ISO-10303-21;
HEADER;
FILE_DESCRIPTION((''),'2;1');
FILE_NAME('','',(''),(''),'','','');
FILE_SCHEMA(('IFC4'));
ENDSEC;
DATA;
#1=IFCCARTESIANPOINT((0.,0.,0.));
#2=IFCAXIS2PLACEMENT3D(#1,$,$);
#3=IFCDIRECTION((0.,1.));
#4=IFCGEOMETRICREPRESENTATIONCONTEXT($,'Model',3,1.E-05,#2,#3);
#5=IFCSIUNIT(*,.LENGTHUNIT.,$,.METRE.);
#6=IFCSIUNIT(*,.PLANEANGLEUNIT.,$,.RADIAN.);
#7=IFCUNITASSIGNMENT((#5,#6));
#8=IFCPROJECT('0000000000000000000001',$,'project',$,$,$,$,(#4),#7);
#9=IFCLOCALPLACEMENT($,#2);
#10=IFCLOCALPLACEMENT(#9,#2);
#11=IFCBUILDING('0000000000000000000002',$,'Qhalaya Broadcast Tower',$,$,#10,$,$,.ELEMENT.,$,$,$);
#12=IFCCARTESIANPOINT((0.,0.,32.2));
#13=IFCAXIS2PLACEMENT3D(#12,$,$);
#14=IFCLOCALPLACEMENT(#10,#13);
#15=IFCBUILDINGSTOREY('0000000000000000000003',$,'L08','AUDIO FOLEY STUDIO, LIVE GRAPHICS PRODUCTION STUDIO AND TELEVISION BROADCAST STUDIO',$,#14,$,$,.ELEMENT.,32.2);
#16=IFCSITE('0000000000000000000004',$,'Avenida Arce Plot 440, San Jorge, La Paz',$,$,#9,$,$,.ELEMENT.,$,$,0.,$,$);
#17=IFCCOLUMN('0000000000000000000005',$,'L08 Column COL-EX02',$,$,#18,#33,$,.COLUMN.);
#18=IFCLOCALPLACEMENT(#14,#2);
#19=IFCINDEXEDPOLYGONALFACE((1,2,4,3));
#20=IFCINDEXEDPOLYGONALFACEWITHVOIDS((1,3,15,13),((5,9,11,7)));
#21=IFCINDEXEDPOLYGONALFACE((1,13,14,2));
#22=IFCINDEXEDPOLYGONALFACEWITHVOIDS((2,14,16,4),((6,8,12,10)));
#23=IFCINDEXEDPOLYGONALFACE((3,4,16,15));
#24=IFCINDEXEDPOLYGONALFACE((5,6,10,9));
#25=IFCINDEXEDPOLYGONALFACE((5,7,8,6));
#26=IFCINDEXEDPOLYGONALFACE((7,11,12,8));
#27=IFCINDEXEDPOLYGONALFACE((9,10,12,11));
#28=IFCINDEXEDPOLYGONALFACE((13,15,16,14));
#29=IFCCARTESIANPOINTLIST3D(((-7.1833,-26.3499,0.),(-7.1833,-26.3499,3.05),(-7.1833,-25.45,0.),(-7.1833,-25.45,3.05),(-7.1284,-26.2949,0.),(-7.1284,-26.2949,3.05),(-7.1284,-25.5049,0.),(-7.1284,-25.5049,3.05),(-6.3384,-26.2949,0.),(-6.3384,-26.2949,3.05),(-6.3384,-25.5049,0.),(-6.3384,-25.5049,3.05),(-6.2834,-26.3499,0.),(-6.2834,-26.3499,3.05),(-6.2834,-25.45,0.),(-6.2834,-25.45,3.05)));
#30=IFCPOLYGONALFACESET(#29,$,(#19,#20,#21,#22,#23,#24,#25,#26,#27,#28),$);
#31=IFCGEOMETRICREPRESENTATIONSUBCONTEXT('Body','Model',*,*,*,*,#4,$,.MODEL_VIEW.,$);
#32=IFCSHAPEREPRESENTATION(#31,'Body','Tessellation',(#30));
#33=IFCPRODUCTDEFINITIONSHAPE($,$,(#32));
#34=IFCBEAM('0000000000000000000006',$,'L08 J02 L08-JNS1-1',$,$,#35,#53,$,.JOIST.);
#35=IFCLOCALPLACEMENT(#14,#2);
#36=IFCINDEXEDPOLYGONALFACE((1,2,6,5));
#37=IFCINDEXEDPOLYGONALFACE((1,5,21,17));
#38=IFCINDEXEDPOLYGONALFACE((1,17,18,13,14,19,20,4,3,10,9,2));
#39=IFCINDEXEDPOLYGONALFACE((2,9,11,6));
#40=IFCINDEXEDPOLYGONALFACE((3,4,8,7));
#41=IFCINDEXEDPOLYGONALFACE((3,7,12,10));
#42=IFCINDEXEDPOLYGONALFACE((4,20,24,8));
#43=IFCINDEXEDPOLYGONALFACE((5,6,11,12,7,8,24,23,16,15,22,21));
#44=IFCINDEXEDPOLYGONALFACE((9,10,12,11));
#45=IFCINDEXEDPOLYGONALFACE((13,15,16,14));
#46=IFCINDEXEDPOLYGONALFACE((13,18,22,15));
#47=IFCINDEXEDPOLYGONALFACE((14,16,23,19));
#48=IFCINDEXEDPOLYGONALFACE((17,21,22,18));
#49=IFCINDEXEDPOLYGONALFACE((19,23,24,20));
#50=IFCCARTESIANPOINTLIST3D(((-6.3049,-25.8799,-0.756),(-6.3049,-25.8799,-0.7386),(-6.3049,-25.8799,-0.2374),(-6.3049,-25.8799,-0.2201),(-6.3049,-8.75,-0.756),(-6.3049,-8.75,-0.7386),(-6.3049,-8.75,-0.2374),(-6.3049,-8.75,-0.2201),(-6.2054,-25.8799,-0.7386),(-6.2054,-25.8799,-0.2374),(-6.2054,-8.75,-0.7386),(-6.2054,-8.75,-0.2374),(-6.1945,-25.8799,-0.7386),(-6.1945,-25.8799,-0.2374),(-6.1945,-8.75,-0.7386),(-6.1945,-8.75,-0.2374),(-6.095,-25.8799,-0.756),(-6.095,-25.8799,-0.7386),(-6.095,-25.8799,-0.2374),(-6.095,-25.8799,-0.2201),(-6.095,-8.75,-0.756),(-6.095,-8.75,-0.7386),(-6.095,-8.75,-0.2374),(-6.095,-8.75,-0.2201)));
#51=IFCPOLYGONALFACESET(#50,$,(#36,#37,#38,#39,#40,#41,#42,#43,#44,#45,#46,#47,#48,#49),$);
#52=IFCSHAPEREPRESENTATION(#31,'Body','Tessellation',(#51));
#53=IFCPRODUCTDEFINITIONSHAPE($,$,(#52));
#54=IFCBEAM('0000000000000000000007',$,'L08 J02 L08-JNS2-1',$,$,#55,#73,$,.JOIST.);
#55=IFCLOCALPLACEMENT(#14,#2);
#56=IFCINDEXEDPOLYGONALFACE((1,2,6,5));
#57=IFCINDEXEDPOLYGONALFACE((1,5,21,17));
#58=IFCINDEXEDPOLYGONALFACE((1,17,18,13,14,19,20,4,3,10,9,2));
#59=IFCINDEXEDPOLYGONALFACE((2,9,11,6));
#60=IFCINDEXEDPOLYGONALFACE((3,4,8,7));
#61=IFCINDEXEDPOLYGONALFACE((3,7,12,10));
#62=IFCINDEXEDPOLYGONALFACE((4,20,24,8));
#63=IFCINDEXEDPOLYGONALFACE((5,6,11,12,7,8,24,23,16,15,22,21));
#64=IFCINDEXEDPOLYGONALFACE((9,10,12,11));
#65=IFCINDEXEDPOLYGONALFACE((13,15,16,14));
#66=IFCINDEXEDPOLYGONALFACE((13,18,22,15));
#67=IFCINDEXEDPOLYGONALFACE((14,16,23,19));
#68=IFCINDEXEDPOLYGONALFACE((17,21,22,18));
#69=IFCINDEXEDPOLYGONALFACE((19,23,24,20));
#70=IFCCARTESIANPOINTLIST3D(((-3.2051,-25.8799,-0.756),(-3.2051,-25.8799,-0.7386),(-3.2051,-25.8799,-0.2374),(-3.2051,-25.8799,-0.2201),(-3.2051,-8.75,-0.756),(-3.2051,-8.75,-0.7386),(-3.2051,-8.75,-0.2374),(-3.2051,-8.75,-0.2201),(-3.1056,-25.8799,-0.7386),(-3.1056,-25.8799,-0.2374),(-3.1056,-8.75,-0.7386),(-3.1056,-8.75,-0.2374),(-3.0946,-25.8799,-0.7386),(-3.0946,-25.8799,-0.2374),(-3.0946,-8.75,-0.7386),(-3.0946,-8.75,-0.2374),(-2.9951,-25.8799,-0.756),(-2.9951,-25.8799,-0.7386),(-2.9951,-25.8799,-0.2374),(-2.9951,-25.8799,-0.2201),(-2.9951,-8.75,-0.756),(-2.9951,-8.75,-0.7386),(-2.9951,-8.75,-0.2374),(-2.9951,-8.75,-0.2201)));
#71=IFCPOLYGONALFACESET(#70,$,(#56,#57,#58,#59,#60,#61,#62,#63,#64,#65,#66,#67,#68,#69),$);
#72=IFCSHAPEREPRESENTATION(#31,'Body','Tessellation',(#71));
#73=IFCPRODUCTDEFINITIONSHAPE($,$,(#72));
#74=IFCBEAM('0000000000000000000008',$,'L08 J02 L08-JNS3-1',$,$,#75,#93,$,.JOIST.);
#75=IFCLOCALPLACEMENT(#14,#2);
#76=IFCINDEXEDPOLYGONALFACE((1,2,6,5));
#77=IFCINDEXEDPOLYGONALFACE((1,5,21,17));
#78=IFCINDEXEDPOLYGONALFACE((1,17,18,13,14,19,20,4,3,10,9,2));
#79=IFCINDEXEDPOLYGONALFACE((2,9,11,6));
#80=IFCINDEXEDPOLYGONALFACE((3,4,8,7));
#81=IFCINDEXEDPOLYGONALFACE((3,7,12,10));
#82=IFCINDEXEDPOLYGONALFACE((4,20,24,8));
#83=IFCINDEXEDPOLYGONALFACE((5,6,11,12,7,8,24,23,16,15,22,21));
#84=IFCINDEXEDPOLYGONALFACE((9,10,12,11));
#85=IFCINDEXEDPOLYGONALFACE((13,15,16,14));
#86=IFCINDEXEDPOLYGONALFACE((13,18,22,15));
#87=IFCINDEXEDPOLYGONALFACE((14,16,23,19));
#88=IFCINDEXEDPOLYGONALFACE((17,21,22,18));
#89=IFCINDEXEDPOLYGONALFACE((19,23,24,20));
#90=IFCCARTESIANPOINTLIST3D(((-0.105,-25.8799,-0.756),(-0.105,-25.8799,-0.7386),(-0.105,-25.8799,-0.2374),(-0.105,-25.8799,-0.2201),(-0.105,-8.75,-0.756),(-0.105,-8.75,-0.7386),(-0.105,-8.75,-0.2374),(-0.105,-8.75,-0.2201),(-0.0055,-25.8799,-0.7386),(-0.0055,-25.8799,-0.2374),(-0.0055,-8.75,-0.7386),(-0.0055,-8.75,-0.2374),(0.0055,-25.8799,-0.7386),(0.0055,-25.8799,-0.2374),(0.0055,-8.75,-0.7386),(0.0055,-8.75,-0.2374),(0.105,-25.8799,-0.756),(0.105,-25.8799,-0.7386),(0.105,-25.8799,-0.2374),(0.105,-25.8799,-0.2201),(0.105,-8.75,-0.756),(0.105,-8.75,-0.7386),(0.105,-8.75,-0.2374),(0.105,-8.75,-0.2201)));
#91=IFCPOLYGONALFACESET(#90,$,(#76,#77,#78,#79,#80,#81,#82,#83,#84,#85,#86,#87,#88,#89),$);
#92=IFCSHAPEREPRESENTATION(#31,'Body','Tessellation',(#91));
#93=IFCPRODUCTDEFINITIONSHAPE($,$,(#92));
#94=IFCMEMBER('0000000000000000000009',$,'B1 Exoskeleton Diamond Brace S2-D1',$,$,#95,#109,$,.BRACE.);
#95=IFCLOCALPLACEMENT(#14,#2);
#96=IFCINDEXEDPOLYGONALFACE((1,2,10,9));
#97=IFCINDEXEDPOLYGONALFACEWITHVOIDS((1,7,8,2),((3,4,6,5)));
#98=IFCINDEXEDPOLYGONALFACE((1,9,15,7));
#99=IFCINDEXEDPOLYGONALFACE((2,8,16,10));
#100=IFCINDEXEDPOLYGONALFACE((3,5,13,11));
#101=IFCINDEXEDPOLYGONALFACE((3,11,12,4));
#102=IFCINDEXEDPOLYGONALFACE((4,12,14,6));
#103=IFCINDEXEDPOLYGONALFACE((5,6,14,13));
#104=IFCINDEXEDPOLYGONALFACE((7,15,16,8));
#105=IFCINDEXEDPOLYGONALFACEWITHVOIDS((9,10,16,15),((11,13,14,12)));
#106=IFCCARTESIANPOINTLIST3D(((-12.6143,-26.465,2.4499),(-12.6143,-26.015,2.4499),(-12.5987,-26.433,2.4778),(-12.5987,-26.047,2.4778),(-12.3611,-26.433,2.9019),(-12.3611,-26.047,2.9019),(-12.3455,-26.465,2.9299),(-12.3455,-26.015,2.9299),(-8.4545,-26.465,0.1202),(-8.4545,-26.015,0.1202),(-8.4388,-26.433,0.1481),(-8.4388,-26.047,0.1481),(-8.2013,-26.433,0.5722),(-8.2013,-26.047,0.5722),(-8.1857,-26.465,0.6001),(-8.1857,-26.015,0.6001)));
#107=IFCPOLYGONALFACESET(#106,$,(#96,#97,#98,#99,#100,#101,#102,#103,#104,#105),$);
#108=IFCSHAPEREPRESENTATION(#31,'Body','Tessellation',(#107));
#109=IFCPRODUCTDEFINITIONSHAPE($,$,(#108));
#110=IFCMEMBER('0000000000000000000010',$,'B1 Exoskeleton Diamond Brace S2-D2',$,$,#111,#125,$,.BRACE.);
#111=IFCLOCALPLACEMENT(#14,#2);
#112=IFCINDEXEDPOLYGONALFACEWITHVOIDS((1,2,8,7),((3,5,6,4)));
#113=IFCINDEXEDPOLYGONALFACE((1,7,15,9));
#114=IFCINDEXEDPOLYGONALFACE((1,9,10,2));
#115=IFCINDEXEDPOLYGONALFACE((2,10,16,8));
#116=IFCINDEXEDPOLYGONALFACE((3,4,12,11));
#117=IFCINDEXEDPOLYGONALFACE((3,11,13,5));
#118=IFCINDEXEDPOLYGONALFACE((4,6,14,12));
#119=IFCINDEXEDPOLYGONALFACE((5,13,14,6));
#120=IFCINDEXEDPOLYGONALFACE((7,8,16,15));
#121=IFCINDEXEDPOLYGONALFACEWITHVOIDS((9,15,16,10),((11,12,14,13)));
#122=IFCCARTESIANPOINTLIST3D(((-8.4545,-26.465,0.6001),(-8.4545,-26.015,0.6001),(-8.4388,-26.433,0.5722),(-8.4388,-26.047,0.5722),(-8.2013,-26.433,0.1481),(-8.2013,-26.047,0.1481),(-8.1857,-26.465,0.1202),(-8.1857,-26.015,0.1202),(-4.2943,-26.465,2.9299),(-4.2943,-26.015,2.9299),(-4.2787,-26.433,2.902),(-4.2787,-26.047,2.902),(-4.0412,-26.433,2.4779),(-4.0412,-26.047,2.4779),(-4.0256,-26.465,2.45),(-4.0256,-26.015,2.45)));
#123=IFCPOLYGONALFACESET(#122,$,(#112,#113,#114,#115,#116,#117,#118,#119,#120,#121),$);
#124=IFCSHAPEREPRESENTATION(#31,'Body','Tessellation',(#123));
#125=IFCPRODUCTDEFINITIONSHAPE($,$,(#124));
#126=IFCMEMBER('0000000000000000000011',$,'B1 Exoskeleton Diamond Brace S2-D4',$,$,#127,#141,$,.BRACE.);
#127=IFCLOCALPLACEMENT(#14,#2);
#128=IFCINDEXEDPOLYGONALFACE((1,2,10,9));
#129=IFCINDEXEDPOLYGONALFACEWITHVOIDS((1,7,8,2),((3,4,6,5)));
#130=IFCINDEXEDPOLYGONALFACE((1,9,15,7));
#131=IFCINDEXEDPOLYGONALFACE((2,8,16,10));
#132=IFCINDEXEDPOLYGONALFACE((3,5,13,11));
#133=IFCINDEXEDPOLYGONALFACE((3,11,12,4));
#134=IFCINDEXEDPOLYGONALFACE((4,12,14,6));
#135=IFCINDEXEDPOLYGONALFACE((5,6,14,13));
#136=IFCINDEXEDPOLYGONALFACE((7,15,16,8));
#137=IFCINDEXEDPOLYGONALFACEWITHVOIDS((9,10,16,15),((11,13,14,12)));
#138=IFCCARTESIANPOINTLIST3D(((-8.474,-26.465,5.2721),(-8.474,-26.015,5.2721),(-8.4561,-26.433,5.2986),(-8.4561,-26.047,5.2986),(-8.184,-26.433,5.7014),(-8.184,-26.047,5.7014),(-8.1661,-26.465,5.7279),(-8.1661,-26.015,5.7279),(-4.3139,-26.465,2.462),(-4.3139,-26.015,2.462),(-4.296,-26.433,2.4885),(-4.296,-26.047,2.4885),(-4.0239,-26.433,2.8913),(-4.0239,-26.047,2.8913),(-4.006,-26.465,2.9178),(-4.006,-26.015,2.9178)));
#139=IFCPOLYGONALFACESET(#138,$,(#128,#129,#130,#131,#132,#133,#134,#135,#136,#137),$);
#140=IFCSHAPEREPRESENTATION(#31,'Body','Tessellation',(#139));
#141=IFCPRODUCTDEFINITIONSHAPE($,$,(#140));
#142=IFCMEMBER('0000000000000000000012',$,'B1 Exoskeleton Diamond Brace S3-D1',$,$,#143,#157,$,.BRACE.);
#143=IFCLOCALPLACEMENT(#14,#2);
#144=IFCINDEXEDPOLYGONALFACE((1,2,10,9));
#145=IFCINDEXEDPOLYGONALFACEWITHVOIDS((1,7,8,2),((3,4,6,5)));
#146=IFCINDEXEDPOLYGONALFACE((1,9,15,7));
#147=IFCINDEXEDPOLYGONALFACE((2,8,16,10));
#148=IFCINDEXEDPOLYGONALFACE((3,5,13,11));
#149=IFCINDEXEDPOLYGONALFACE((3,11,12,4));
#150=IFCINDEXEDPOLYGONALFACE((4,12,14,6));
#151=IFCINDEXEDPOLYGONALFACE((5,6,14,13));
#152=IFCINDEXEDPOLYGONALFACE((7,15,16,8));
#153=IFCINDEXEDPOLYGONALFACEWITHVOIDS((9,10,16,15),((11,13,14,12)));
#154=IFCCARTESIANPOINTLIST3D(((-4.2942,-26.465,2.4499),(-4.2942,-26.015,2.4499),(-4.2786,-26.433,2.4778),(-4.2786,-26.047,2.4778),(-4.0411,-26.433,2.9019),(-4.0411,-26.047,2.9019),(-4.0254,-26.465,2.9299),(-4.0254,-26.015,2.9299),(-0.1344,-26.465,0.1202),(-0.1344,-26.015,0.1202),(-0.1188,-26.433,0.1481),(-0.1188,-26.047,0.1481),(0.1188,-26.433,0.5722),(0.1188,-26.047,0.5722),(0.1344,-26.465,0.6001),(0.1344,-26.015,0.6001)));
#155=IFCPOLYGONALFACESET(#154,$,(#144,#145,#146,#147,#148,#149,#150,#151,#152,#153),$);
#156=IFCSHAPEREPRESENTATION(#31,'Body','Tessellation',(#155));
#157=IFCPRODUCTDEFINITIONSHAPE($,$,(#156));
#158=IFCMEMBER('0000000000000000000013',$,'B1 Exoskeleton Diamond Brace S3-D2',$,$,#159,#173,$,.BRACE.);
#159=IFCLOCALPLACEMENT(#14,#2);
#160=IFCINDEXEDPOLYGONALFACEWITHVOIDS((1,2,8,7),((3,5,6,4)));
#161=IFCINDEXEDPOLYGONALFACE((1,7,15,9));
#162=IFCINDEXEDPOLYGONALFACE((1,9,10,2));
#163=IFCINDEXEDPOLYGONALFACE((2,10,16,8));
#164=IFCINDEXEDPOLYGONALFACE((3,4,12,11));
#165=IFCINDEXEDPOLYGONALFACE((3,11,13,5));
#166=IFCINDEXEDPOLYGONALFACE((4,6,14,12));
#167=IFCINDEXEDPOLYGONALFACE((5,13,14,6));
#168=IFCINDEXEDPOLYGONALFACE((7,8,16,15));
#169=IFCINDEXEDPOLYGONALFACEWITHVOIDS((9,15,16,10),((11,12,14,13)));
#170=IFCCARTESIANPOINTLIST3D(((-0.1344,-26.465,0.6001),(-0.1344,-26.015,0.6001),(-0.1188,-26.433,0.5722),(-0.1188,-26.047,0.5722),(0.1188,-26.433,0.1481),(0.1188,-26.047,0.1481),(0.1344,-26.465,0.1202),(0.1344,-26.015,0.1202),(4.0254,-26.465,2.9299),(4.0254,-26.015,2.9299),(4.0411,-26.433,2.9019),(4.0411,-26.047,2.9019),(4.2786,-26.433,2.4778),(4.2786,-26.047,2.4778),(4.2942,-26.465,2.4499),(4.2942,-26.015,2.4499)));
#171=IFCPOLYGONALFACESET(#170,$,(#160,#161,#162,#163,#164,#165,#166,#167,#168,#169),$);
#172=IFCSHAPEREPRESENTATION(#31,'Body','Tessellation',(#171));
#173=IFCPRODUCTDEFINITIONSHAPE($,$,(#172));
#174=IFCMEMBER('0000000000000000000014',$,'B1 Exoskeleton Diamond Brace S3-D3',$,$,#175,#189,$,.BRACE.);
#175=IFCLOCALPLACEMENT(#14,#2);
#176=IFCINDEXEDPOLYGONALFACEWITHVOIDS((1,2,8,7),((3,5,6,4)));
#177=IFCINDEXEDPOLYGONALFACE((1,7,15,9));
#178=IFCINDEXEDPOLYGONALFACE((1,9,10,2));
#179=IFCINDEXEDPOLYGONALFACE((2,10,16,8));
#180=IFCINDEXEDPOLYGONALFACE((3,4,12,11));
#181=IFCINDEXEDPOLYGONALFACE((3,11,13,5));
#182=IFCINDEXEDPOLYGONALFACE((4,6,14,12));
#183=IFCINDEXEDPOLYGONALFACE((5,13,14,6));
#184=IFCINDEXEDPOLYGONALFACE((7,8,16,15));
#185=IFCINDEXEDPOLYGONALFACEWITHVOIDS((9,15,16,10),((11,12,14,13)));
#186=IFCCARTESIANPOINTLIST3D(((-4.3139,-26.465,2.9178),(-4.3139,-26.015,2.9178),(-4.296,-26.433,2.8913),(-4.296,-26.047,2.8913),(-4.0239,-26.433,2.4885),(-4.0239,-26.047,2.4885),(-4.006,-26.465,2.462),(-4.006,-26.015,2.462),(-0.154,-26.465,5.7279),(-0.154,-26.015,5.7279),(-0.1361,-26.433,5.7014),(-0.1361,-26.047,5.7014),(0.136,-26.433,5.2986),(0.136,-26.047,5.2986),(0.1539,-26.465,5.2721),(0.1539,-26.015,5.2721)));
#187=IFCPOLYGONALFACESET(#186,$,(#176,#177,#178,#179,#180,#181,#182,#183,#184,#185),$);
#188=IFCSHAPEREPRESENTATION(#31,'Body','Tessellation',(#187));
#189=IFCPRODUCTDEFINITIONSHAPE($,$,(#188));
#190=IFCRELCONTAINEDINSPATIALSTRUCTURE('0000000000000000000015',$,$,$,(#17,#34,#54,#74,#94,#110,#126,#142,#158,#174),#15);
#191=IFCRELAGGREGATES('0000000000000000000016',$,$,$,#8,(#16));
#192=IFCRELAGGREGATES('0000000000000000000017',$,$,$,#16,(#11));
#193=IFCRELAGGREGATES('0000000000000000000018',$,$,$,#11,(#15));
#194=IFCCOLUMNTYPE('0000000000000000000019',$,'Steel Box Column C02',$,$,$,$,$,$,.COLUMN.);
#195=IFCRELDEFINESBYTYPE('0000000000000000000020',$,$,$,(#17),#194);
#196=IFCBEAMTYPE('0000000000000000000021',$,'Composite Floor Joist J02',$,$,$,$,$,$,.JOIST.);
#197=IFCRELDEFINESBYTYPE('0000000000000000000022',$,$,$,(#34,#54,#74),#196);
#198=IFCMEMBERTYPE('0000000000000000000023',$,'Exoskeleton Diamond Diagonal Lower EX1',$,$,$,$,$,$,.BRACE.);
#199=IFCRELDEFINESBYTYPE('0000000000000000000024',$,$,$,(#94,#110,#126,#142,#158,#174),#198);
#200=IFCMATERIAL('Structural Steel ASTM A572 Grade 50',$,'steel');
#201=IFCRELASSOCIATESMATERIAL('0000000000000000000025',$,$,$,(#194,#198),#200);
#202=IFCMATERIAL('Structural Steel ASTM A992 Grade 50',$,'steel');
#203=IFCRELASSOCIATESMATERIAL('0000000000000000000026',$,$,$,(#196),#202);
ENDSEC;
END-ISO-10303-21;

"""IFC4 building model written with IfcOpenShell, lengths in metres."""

from ifc_helpers import new_model, si_unit, direction, frame, origin, origin_2d, place, context, subcontext, project, spatial, hollow_rectangle, i_section, extrude, material, material_profile, profile_set, type_object, element, save


model = new_model("IFC4")

# Units and contexts
model_context = context("Model", 3, precision=1e-05, world=origin(), true_north=direction((0.0, 1.0)))
body_context = subcontext(model_context, "Body", "Model", "MODEL_VIEW")
ifc_project = project(units=[si_unit("LENGTHUNIT", "METRE"), si_unit("PLANEANGLEUNIT", "RADIAN")], contexts=[model_context])

# Site, building, storey
site_placement = place(None, origin())
site = spatial("IfcSite", under=ifc_project, at=site_placement, Name="Avenida Arce Plot 440, San Jorge, La Paz", CompositionType="ELEMENT", RefElevation=0.0)
building_placement = place(site_placement, origin())
building = spatial("IfcBuilding", under=site, at=building_placement, Name="Qhalaya Broadcast Tower", CompositionType="ELEMENT")
storey_placement = place(building_placement, frame((0.0, 0.0, 32.2)))
storey = spatial("IfcBuildingStorey", under=building, at=storey_placement, Name="L08", Description="AUDIO FOLEY STUDIO, LIVE GRAPHICS PRODUCTION STUDIO AND TELEVISION BROADCAST STUDIO", CompositionType="ELEMENT", Elevation=32.2)

# Column
ifc_material_1 = material(Name="Structural Steel ASTM A572 Grade 50", Category="steel")
ifc_material_profile_1 = material_profile(ifc_material_1, hollow_rectangle(XDim=0.8999, YDim=0.8999, WallThickness=0.0549, at=origin_2d()), Name="BOX 900x900x55")
ifc_profile_set_1 = profile_set([ifc_material_profile_1], Name="Structural Steel ASTM A572 Grade 50")
column_type = type_object("IfcColumnType", Name="Steel Box Column C02", PredefinedType="COLUMN", material=ifc_profile_set_1)
column_placement = place(storey_placement, frame((-6.7334, -25.8999, 0.0), z_axis=(0.0, 0.0, 1.0), x_axis=(1.0, 0.0, 0.0)))
element("IfcColumn", 1, at=column_placement, inside=storey, type_object=column_type, Name="L08 Column COL-EX02", PredefinedType="COLUMN", context=body_context, shape_type="SweptSolid", body=[
    extrude(hollow_rectangle(XDim=0.8999, YDim=0.8999, WallThickness=0.0549, at=origin_2d()), origin(), (0.0, 0.0, 1.0), 3.05),
])

# Beams
ifc_material_2 = material(Name="Structural Steel ASTM A992 Grade 50", Category="steel")
ifc_material_profile_2 = material_profile(ifc_material_2, i_section(OverallWidth=0.21, OverallDepth=0.5359, WebThickness=0.011, FlangeThickness=0.0173, at=origin_2d()), Name="W21X68")
ifc_profile_set_2 = profile_set([ifc_material_profile_2], Name="Structural Steel ASTM A992 Grade 50")
beam_type_1 = type_object("IfcBeamType", Name="Composite Floor Joist J02", PredefinedType="JOIST", material=ifc_profile_set_2)
for number, where, z_axis, x_axis, name in (
    (2, (-6.2, -25.8799, -0.488), (0.0, 1.0, 0.0), (-1.0, 0.0, 0.0), "L08 J02 L08-JNS1-1"),
    (3, (-3.1001, -25.8799, -0.488), (0.0, 1.0, 0.0), (-1.0, 0.0, 0.0), "L08 J02 L08-JNS2-1"),
    (4, (0.0, -25.8799, -0.488), (0.0, 1.0, 0.0), (-1.0, 0.0, 0.0), "L08 J02 L08-JNS3-1"),
):
    element("IfcBeam", number, at=place(storey_placement, frame(where, z_axis=z_axis, x_axis=x_axis)), inside=storey, type_object=beam_type_1, Name=name, PredefinedType="JOIST", context=body_context, shape_type="SweptSolid", body=[
        extrude(i_section(OverallWidth=0.21, OverallDepth=0.5359, WebThickness=0.011, FlangeThickness=0.0173, at=origin_2d()), origin(), (0.0, 0.0, 1.0), 17.1299),
    ])

# Members
ifc_material_profile_3 = material_profile(ifc_material_1, hollow_rectangle(XDim=0.45, YDim=0.55, WallThickness=0.032, at=origin_2d()), Name="BOX 450x550x32")
ifc_profile_set_3 = profile_set([ifc_material_profile_3], Name="Structural Steel ASTM A572 Grade 50")
member_type = type_object("IfcMemberType", Name="Exoskeleton Diamond Diagonal Lower EX1", PredefinedType="BRACE", material=ifc_profile_set_3)
member_1_placement = place(storey_placement, frame((-8.3201, -26.24, 0.3601), z_axis=(-0.872481, 0.0, 0.488649), x_axis=(0.0, -1.0, 0.0)))
element("IfcMember", 5, at=member_1_placement, inside=storey, type_object=member_type, Name="B1 Exoskeleton Diamond Brace S2-D1", PredefinedType="BRACE", context=body_context, shape_type="SweptSolid", body=[
    extrude(hollow_rectangle(XDim=0.45, YDim=0.55, WallThickness=0.032, at=origin_2d()), origin(), (0.0, 0.0, 1.0), 4.7678),
])
member_2_placement = place(storey_placement, frame((-8.3201, -26.24, 0.3601), z_axis=(0.872493, 0.0, 0.488627), x_axis=(0.0, 1.0, 0.0)))
element("IfcMember", 6, at=member_2_placement, inside=storey, type_object=member_type, Name="B1 Exoskeleton Diamond Brace S2-D2", PredefinedType="BRACE", context=body_context, shape_type="SweptSolid", body=[
    extrude(hollow_rectangle(XDim=0.45, YDim=0.55, WallThickness=0.032, at=origin_2d()), origin(), (0.0, 0.0, 1.0), 4.7681),
])
member_3_placement = place(storey_placement, frame((-4.1599, -26.24, 2.6899), z_axis=(-0.828668, 0.0, 0.55974), x_axis=(0.0, -1.0, 0.0)))
element("IfcMember", 7, at=member_3_placement, inside=storey, type_object=member_type, Name="B1 Exoskeleton Diamond Brace S2-D4", PredefinedType="BRACE", context=body_context, shape_type="SweptSolid", body=[
    extrude(hollow_rectangle(XDim=0.45, YDim=0.55, WallThickness=0.032, at=origin_2d()), origin(), (0.0, 0.0, 1.0), 5.0203),
])
for number, where, z_axis, x_axis, name in (
    (8, (0.0, -26.24, 0.3601), (-0.872481, 0.0, 0.488649), (0.0, -1.0, 0.0), "B1 Exoskeleton Diamond Brace S3-D1"),
    (9, (0.0, -26.24, 0.3601), (0.872481, 0.0, 0.488649), (0.0, 1.0, 0.0), "B1 Exoskeleton Diamond Brace S3-D2"),
):
    element("IfcMember", number, at=place(storey_placement, frame(where, z_axis=z_axis, x_axis=x_axis)), inside=storey, type_object=member_type, Name=name, PredefinedType="BRACE", context=body_context, shape_type="SweptSolid", body=[
        extrude(hollow_rectangle(XDim=0.45, YDim=0.55, WallThickness=0.032, at=origin_2d()), origin(), (0.0, 0.0, 1.0), 4.7678),
    ])
member_4_placement = place(storey_placement, frame((-4.1599, -26.24, 2.6899), z_axis=(0.828653, 0.0, 0.559763), x_axis=(0.0, 1.0, 0.0)))
element("IfcMember", 10, at=member_4_placement, inside=storey, type_object=member_type, Name="B1 Exoskeleton Diamond Brace S3-D3", PredefinedType="BRACE", context=body_context, shape_type="SweptSolid", body=[
    extrude(hollow_rectangle(XDim=0.45, YDim=0.55, WallThickness=0.032, at=origin_2d()), origin(), (0.0, 0.0, 1.0), 5.02),
])

save(model, "model.ifc")
